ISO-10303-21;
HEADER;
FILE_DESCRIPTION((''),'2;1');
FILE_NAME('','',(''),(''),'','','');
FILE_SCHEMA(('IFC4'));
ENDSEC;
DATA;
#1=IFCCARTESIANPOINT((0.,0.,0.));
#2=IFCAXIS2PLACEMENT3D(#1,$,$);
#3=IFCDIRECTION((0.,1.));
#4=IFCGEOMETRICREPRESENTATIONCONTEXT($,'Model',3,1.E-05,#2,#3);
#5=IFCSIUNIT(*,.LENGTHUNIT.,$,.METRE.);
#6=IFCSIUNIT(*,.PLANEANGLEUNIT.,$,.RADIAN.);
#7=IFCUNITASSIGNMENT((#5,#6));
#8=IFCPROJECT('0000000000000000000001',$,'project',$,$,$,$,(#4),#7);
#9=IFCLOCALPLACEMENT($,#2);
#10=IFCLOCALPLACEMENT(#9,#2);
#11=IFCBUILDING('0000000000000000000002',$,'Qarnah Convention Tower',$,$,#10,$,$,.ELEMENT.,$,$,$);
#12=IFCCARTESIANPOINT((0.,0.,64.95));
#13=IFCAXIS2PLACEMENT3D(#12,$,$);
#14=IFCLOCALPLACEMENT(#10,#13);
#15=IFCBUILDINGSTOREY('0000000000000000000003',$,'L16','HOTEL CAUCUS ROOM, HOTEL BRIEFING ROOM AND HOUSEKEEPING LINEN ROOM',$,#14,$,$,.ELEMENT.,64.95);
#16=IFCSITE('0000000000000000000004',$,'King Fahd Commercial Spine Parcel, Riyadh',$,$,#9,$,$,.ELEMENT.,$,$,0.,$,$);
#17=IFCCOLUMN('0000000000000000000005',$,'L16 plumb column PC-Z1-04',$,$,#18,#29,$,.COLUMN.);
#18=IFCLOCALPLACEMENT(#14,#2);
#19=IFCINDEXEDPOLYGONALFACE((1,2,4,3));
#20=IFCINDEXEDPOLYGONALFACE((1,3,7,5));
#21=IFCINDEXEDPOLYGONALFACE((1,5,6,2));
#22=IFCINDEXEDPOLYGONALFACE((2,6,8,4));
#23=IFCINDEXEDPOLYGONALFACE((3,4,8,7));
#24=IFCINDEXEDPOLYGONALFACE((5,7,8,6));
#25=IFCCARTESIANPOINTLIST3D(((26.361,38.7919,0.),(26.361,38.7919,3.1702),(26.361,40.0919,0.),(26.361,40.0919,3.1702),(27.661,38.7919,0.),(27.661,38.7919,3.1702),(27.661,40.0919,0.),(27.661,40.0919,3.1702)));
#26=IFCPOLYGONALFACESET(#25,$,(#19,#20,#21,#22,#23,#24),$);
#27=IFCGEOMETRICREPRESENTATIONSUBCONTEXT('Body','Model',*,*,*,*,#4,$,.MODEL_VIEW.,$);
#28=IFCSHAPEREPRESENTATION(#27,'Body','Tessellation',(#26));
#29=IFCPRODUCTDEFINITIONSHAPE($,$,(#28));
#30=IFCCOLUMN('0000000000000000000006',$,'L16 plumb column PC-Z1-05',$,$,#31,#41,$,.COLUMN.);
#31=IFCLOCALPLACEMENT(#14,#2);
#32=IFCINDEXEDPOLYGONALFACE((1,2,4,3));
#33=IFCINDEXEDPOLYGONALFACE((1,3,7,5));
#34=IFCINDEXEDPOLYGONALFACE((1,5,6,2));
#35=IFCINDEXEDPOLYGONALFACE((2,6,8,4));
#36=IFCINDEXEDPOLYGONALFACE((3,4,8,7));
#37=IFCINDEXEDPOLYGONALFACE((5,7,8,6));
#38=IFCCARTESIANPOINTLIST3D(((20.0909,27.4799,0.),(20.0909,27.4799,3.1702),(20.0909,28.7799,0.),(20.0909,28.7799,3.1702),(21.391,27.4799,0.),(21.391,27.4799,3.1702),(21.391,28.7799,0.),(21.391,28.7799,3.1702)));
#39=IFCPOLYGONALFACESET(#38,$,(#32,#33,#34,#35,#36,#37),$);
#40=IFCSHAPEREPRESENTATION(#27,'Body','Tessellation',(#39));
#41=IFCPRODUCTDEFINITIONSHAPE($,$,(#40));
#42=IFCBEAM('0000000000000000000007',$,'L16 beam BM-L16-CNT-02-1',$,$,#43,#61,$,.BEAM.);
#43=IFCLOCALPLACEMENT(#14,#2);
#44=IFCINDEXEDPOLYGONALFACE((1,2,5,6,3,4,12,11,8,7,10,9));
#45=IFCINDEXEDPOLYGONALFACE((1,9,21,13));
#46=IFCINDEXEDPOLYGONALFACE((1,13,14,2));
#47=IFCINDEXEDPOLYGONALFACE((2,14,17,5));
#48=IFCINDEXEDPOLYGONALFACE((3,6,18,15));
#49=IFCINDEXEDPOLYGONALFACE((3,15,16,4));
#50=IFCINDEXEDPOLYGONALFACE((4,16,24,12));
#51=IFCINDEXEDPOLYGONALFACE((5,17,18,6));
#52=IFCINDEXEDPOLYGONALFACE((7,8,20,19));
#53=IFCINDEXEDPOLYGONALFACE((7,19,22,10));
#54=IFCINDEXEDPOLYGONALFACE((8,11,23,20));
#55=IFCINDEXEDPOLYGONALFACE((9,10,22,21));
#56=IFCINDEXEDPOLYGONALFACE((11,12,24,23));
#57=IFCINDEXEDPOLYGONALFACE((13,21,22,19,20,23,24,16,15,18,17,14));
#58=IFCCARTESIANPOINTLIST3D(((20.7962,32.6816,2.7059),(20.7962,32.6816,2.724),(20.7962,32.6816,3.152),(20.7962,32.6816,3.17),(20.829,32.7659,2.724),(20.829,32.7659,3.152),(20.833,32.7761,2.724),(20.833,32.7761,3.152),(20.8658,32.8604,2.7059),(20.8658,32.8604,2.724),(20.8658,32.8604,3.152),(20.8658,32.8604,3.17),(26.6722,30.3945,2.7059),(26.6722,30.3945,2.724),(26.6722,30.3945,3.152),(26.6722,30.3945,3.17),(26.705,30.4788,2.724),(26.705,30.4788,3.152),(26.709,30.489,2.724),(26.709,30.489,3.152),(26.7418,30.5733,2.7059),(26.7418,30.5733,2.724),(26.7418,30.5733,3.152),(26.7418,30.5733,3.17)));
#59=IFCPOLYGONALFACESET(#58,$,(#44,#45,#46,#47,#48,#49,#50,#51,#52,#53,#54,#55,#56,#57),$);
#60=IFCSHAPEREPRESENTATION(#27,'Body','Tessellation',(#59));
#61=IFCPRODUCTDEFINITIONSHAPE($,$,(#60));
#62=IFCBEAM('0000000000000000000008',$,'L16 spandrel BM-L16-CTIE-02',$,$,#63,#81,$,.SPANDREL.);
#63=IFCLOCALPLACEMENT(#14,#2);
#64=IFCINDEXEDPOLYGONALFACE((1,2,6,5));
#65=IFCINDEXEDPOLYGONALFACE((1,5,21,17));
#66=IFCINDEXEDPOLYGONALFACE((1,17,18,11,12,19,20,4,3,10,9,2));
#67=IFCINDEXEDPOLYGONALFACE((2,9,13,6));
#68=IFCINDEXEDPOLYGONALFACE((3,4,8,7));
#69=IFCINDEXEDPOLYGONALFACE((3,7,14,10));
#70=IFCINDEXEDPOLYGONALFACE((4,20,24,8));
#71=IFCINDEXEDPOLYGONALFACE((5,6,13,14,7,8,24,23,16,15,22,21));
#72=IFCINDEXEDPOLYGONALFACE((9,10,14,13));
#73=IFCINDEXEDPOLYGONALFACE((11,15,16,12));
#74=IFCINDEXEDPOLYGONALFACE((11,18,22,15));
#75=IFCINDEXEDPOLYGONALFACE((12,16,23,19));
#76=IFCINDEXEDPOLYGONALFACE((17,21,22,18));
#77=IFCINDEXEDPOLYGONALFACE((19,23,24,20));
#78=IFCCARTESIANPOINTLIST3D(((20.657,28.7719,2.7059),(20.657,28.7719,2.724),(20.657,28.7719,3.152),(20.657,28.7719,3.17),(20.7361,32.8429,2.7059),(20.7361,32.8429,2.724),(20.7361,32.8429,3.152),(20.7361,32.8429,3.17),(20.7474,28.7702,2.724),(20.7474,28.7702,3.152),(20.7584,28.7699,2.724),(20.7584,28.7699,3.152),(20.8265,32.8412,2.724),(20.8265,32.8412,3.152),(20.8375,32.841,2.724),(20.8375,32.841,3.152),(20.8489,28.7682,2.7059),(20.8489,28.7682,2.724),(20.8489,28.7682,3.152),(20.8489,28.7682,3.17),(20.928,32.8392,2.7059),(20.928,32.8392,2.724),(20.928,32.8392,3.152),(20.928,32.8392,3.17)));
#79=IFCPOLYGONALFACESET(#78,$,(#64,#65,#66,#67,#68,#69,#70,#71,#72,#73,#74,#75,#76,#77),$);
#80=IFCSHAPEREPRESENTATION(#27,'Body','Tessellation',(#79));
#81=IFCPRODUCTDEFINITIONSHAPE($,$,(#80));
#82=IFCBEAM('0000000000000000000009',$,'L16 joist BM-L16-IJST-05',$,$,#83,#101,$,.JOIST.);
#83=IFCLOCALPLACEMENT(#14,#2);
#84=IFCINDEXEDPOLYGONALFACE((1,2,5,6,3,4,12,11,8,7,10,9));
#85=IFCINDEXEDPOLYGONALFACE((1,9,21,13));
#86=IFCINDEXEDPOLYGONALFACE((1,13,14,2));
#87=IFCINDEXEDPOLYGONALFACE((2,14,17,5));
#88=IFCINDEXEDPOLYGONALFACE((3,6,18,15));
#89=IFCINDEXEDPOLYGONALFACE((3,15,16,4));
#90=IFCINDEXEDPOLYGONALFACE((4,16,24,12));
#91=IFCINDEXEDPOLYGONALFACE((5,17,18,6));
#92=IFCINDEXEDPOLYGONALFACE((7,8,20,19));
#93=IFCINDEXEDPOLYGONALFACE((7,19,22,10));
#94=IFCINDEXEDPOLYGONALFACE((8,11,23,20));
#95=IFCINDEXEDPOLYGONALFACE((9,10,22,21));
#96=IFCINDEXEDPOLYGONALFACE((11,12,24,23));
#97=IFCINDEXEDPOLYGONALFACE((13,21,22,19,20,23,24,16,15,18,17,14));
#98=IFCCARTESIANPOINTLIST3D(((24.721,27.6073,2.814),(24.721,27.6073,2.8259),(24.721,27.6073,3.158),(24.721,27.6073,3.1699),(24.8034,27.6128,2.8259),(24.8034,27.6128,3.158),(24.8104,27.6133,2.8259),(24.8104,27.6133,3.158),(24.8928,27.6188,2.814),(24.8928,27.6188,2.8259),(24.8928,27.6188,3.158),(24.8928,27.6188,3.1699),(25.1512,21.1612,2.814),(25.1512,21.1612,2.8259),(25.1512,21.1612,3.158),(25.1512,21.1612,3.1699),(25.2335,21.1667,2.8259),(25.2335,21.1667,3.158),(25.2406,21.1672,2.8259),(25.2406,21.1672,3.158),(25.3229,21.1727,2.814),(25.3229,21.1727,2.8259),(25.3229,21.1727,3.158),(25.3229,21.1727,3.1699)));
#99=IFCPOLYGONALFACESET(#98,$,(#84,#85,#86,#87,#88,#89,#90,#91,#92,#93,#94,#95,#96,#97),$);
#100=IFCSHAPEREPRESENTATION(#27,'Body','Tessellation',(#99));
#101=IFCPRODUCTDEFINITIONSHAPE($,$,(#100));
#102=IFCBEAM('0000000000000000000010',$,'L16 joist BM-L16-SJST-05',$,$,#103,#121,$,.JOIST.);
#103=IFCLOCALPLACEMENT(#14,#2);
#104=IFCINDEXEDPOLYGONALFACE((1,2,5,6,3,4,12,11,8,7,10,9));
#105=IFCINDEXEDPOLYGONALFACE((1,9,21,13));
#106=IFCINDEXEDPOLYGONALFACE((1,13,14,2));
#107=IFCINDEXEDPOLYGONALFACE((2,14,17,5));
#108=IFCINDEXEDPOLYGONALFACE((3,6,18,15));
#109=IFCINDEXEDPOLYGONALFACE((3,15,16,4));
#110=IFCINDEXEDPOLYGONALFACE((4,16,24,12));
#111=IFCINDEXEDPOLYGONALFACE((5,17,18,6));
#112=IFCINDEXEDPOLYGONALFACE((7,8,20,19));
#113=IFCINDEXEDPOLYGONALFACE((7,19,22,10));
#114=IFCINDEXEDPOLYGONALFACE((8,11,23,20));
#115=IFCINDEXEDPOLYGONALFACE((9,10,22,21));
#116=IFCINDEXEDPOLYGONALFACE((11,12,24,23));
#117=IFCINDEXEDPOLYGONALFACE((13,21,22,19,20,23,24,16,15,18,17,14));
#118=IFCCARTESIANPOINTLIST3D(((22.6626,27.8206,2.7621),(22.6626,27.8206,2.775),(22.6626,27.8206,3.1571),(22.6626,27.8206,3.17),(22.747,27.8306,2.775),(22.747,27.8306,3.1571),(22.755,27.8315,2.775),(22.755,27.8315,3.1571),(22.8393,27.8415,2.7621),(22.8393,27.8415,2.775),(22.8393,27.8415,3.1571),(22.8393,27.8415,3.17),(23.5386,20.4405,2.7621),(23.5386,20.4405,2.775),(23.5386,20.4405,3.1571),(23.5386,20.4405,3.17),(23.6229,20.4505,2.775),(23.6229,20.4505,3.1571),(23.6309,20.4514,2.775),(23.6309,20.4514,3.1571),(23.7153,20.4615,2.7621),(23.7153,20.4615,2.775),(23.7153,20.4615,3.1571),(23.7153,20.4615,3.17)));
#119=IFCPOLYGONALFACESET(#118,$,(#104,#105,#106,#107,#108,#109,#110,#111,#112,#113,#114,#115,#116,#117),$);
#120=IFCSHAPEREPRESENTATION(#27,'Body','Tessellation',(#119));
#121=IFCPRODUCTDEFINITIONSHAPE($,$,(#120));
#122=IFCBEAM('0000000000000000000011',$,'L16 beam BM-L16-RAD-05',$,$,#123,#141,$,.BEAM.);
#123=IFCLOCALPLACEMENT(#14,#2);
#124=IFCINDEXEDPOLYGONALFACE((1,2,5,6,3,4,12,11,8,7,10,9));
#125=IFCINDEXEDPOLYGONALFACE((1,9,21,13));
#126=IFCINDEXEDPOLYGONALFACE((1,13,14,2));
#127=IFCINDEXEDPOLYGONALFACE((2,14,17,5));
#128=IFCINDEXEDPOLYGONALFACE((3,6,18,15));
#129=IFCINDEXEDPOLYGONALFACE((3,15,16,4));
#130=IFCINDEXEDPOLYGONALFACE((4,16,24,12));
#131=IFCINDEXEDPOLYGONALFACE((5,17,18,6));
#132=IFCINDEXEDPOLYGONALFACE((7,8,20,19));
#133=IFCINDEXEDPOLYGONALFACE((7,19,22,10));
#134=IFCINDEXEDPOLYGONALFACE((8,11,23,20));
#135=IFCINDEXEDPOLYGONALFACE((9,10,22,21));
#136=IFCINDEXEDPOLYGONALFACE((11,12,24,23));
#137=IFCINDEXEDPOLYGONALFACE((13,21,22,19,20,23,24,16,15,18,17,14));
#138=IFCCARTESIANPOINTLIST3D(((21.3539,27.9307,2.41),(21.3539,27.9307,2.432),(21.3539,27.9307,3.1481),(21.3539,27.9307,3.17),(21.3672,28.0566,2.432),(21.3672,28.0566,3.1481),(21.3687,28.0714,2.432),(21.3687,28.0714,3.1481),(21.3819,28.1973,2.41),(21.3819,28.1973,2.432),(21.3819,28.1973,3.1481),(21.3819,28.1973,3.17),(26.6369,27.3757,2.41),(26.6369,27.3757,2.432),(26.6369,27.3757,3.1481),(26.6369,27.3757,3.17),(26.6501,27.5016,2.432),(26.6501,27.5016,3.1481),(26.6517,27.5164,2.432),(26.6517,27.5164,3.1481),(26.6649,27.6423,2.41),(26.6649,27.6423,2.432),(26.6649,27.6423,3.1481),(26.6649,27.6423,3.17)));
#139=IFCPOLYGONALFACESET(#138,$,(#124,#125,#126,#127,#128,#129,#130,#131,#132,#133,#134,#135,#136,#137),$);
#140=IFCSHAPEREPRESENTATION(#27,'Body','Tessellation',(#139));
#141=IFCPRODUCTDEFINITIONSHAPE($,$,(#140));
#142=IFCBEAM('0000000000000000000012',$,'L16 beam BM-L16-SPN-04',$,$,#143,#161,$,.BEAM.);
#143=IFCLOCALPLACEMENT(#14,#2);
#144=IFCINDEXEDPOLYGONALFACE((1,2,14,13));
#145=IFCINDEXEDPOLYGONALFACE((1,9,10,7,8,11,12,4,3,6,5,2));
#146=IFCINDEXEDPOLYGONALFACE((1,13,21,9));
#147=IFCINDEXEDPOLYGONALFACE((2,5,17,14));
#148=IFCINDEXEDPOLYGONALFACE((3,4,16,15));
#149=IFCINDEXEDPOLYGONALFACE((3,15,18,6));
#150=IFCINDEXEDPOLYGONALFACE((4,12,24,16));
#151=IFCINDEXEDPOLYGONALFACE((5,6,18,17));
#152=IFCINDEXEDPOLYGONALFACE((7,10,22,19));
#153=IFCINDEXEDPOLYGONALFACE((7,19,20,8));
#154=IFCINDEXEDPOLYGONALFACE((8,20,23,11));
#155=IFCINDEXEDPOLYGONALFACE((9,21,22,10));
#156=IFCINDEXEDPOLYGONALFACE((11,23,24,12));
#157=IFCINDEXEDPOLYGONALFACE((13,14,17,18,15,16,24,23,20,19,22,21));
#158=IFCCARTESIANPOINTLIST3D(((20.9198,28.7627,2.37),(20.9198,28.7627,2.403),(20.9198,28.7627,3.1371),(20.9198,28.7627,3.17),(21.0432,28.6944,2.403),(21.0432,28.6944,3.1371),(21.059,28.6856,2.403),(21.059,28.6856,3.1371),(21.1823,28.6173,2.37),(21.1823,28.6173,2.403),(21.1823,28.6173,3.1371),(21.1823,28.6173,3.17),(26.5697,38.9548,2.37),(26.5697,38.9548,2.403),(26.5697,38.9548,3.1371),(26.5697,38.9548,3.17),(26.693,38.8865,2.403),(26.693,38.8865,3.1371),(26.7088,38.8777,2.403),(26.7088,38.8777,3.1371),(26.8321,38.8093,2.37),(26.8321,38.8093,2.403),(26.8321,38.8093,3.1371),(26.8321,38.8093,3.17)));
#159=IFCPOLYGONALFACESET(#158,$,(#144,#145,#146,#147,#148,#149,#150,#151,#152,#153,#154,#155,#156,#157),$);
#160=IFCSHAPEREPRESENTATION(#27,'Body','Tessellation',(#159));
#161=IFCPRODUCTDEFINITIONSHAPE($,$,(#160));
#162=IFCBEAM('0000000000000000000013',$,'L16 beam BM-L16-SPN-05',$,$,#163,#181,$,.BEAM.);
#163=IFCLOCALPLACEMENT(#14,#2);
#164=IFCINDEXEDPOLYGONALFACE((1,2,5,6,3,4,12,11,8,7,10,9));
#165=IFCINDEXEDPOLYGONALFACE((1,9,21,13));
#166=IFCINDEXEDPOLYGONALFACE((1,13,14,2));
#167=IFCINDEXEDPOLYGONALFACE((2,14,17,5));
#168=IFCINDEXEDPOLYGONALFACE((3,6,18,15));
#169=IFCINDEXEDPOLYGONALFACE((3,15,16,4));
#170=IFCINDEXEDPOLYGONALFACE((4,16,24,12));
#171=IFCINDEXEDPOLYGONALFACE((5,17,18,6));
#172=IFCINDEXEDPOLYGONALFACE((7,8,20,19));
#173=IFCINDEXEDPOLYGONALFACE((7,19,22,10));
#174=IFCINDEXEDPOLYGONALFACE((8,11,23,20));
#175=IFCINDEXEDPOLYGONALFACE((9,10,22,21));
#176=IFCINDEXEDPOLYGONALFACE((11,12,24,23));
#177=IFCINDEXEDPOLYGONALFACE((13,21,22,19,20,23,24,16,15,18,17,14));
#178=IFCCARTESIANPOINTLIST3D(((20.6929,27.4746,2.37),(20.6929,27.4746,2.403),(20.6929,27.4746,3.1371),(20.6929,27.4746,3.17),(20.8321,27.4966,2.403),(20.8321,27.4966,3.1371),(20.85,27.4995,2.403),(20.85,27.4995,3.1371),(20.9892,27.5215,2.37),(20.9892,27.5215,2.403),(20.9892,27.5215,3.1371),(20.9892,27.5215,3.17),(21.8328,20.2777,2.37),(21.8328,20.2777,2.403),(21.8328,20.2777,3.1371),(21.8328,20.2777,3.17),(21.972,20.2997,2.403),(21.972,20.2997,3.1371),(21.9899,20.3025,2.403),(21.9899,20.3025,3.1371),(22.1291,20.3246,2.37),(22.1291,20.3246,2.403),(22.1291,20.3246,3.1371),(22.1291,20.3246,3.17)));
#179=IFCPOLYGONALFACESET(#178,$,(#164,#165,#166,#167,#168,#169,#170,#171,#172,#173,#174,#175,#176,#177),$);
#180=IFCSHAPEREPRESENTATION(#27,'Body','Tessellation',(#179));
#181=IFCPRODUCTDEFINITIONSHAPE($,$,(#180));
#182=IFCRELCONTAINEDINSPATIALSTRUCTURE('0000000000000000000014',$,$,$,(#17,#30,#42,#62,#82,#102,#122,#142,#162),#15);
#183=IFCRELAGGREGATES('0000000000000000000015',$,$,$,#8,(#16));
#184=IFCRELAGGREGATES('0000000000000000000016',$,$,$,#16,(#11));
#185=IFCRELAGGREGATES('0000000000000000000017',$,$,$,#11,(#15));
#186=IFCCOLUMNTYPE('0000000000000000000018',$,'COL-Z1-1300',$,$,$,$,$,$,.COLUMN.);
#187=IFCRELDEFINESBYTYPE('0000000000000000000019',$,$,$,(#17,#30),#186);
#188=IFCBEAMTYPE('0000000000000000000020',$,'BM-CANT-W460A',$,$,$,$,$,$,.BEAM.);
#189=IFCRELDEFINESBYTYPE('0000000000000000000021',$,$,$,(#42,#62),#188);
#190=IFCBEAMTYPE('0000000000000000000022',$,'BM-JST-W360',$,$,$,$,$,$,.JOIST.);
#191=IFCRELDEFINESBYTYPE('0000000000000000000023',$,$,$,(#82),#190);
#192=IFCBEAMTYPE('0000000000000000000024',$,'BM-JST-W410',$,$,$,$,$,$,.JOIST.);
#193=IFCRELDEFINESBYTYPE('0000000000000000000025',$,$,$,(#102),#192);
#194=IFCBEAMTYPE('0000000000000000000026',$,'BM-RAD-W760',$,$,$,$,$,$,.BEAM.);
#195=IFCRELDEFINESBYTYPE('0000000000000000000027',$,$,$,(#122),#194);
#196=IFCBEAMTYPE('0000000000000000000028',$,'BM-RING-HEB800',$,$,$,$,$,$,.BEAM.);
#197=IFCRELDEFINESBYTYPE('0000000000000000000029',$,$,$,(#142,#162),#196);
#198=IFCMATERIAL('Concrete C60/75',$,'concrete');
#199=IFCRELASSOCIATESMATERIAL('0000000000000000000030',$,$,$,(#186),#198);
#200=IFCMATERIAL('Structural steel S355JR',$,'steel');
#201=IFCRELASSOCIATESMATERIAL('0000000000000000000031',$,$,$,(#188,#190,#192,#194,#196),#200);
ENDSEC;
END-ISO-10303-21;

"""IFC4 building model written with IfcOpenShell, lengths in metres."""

from ifc_helpers import new_model, si_unit, direction, frame, origin, origin_2d, place, context, subcontext, project, spatial, rectangle, i_section, extrude, material, material_profile, profile_set, type_object, element, save


model = new_model("IFC4")

# Units and contexts
model_context = context("Model", 3, precision=1e-05, world=origin(), true_north=direction((0.0, 1.0)))
body_context = subcontext(model_context, "Body", "Model", "MODEL_VIEW")
ifc_project = project(units=[si_unit("LENGTHUNIT", "METRE"), si_unit("PLANEANGLEUNIT", "RADIAN")], contexts=[model_context])

# Site, building, storey
site_placement = place(None, origin())
site = spatial("IfcSite", under=ifc_project, at=site_placement, Name="King Fahd Commercial Spine Parcel, Riyadh", CompositionType="ELEMENT", RefElevation=0.0)
building_placement = place(site_placement, origin())
building = spatial("IfcBuilding", under=site, at=building_placement, Name="Qarnah Convention Tower", CompositionType="ELEMENT")
storey_placement = place(building_placement, frame((0.0, 0.0, 64.95)))
storey = spatial("IfcBuildingStorey", under=building, at=storey_placement, Name="L16", Description="HOTEL CAUCUS ROOM, HOTEL BRIEFING ROOM AND HOUSEKEEPING LINEN ROOM", CompositionType="ELEMENT", Elevation=64.95)

# Columns
ifc_material_1 = material(Name="Concrete C60/75", Category="concrete")
ifc_material_profile_1 = material_profile(ifc_material_1, rectangle(XDim=1.3, YDim=1.3, at=origin_2d()), Name="RC-COL-1300X1300")
ifc_profile_set_1 = profile_set([ifc_material_profile_1], Name="Concrete C60/75")
column_type = type_object("IfcColumnType", Name="COL-Z1-1300", PredefinedType="COLUMN", material=ifc_profile_set_1)
for number, where, z_axis, x_axis, name in (
    (1, (27.011, 39.4419, 0.0), (0.0, 0.0, 1.0), (1.0, 0.0, 0.0), "L16 plumb column PC-Z1-04"),
    (2, (20.741, 28.1299, 0.0), (0.0, 0.0, 1.0), (1.0, 0.0, 0.0), "L16 plumb column PC-Z1-05"),
):
    element("IfcColumn", number, at=place(storey_placement, frame(where, z_axis=z_axis, x_axis=x_axis)), inside=storey, type_object=column_type, Name=name, PredefinedType="COLUMN", context=body_context, shape_type="SweptSolid", body=[
        extrude(rectangle(XDim=1.3, YDim=1.3, at=origin_2d()), origin(), (0.0, 0.0, 1.0), 3.1702),
    ])

# Beams
ifc_material_2 = material(Name="Structural steel S355JR", Category="steel")
ifc_material_profile_2 = material_profile(ifc_material_2, i_section(OverallWidth=0.1919, OverallDepth=0.4641, WebThickness=0.011, FlangeThickness=0.0181, at=origin_2d()), Name="W460X89")
ifc_profile_set_2 = profile_set([ifc_material_profile_2], Name="Structural steel S355JR")
beam_type_1 = type_object("IfcBeamType", Name="BM-CANT-W460A", PredefinedType="BEAM", material=ifc_profile_set_2)
beam_1_placement = place(storey_placement, frame((26.707, 30.4839, 2.938), z_axis=(-0.931897, 0.362723, 0.0), x_axis=(-0.362723, -0.931897, 0.0)))
element("IfcBeam", 3, at=beam_1_placement, inside=storey, type_object=beam_type_1, Name="L16 beam BM-L16-CNT-02-1", PredefinedType="BEAM", context=body_context, shape_type="SweptSolid", body=[
    extrude(i_section(OverallWidth=0.1919, OverallDepth=0.4641, WebThickness=0.011, FlangeThickness=0.0181, at=origin_2d()), origin(), (0.0, 0.0, 1.0), 6.3054),
])
beam_2_placement = place(storey_placement, frame((20.832, 32.8411, 2.938), z_axis=(-0.019427, -0.999811, 0.0), x_axis=(0.999811, -0.019427, 0.0)))
element("IfcBeam", 4, at=beam_2_placement, inside=storey, type_object=beam_type_1, Name="L16 spandrel BM-L16-CTIE-02", PredefinedType="SPANDREL", context=body_context, shape_type="SweptSolid", body=[
    extrude(i_section(OverallWidth=0.1919, OverallDepth=0.4641, WebThickness=0.011, FlangeThickness=0.0181, at=origin_2d()), origin(), (0.0, 0.0, 1.0), 4.0718),
])
ifc_material_profile_3 = material_profile(ifc_material_2, i_section(OverallWidth=0.1721, OverallDepth=0.356, WebThickness=0.0071, FlangeThickness=0.012, at=origin_2d()), Name="W360X51")
ifc_profile_set_3 = profile_set([ifc_material_profile_3], Name="Structural steel S355JR")
beam_type_2 = type_object("IfcBeamType", Name="BM-JST-W360", PredefinedType="JOIST", material=ifc_profile_set_3)
beam_3_placement = place(storey_placement, frame((24.8069, 27.613, 2.9919), z_axis=(0.066587, -0.997781, 0.0), x_axis=(0.997781, 0.066587, 0.0)))
element("IfcBeam", 5, at=beam_3_placement, inside=storey, type_object=beam_type_2, Name="L16 joist BM-L16-IJST-05", PredefinedType="JOIST", context=body_context, shape_type="SweptSolid", body=[
    extrude(i_section(OverallWidth=0.1721, OverallDepth=0.356, WebThickness=0.0071, FlangeThickness=0.012, at=origin_2d()), origin(), (0.0, 0.0, 1.0), 6.4604),
])
ifc_material_profile_4 = material_profile(ifc_material_2, i_section(OverallWidth=0.178, OverallDepth=0.408, WebThickness=0.0081, FlangeThickness=0.0129, at=origin_2d()), Name="W410X60")
ifc_profile_set_4 = profile_set([ifc_material_profile_4], Name="Structural steel S355JR")
beam_type_3 = type_object("IfcBeamType", Name="BM-JST-W410", PredefinedType="JOIST", material=ifc_profile_set_4)
beam_4_placement = place(storey_placement, frame((22.751, 27.8311, 2.9661), z_axis=(0.117867, -0.993029, 0.0), x_axis=(0.993029, 0.117867, 0.0)))
element("IfcBeam", 6, at=beam_4_placement, inside=storey, type_object=beam_type_3, Name="L16 joist BM-L16-SJST-05", PredefinedType="JOIST", context=body_context, shape_type="SweptSolid", body=[
    extrude(i_section(OverallWidth=0.178, OverallDepth=0.408, WebThickness=0.0081, FlangeThickness=0.0129, at=origin_2d()), origin(), (0.0, 0.0, 1.0), 7.4319),
])
ifc_material_profile_5 = material_profile(ifc_material_2, i_section(OverallWidth=0.2681, OverallDepth=0.76, WebThickness=0.0149, FlangeThickness=0.022, at=origin_2d()), Name="W760X185")
ifc_profile_set_5 = profile_set([ifc_material_profile_5], Name="Structural steel S355JR")
beam_type_4 = type_object("IfcBeamType", Name="BM-RAD-W760", PredefinedType="BEAM", material=ifc_profile_set_5)
beam_5_placement = place(storey_placement, frame((26.6509, 27.509, 2.79), z_axis=(-0.994528, 0.104467, 0.0), x_axis=(-0.104467, -0.994528, 0.0)))
element("IfcBeam", 7, at=beam_5_placement, inside=storey, type_object=beam_type_4, Name="L16 beam BM-L16-RAD-05", PredefinedType="BEAM", context=body_context, shape_type="SweptSolid", body=[
    extrude(i_section(OverallWidth=0.2681, OverallDepth=0.76, WebThickness=0.0149, FlangeThickness=0.022, at=origin_2d()), origin(), (0.0, 0.0, 1.0), 5.312),
])
ifc_material_profile_6 = material_profile(ifc_material_2, i_section(OverallWidth=0.3, OverallDepth=0.8, WebThickness=0.0181, FlangeThickness=0.033, at=origin_2d()), Name="HEB800")
ifc_profile_set_6 = profile_set([ifc_material_profile_6], Name="Structural steel S355JR")
beam_type_5 = type_object("IfcBeamType", Name="BM-RING-HEB800", PredefinedType="BEAM", material=ifc_profile_set_6)
beam_6_placement = place(storey_placement, frame((26.7009, 38.8821, 2.77), z_axis=(-0.48483, -0.874609, 0.0), x_axis=(0.874609, -0.48483, 0.0)))
element("IfcBeam", 8, at=beam_6_placement, inside=storey, type_object=beam_type_5, Name="L16 beam BM-L16-SPN-04", PredefinedType="BEAM", context=body_context, shape_type="SweptSolid", body=[
    extrude(i_section(OverallWidth=0.3, OverallDepth=0.8, WebThickness=0.0181, FlangeThickness=0.033, at=origin_2d()), origin(), (0.0, 0.0, 1.0), 11.6533),
])
beam_7_placement = place(storey_placement, frame((20.8411, 27.498, 2.77), z_axis=(0.156434, -0.987688, 0.0), x_axis=(0.987688, 0.156434, 0.0)))
element("IfcBeam", 9, at=beam_7_placement, inside=storey, type_object=beam_type_5, Name="L16 beam BM-L16-SPN-05", PredefinedType="BEAM", context=body_context, shape_type="SweptSolid", body=[
    extrude(i_section(OverallWidth=0.3, OverallDepth=0.8, WebThickness=0.0181, FlangeThickness=0.033, at=origin_2d()), origin(), (0.0, 0.0, 1.0), 7.2866),
])

save(model, "model.ifc")
